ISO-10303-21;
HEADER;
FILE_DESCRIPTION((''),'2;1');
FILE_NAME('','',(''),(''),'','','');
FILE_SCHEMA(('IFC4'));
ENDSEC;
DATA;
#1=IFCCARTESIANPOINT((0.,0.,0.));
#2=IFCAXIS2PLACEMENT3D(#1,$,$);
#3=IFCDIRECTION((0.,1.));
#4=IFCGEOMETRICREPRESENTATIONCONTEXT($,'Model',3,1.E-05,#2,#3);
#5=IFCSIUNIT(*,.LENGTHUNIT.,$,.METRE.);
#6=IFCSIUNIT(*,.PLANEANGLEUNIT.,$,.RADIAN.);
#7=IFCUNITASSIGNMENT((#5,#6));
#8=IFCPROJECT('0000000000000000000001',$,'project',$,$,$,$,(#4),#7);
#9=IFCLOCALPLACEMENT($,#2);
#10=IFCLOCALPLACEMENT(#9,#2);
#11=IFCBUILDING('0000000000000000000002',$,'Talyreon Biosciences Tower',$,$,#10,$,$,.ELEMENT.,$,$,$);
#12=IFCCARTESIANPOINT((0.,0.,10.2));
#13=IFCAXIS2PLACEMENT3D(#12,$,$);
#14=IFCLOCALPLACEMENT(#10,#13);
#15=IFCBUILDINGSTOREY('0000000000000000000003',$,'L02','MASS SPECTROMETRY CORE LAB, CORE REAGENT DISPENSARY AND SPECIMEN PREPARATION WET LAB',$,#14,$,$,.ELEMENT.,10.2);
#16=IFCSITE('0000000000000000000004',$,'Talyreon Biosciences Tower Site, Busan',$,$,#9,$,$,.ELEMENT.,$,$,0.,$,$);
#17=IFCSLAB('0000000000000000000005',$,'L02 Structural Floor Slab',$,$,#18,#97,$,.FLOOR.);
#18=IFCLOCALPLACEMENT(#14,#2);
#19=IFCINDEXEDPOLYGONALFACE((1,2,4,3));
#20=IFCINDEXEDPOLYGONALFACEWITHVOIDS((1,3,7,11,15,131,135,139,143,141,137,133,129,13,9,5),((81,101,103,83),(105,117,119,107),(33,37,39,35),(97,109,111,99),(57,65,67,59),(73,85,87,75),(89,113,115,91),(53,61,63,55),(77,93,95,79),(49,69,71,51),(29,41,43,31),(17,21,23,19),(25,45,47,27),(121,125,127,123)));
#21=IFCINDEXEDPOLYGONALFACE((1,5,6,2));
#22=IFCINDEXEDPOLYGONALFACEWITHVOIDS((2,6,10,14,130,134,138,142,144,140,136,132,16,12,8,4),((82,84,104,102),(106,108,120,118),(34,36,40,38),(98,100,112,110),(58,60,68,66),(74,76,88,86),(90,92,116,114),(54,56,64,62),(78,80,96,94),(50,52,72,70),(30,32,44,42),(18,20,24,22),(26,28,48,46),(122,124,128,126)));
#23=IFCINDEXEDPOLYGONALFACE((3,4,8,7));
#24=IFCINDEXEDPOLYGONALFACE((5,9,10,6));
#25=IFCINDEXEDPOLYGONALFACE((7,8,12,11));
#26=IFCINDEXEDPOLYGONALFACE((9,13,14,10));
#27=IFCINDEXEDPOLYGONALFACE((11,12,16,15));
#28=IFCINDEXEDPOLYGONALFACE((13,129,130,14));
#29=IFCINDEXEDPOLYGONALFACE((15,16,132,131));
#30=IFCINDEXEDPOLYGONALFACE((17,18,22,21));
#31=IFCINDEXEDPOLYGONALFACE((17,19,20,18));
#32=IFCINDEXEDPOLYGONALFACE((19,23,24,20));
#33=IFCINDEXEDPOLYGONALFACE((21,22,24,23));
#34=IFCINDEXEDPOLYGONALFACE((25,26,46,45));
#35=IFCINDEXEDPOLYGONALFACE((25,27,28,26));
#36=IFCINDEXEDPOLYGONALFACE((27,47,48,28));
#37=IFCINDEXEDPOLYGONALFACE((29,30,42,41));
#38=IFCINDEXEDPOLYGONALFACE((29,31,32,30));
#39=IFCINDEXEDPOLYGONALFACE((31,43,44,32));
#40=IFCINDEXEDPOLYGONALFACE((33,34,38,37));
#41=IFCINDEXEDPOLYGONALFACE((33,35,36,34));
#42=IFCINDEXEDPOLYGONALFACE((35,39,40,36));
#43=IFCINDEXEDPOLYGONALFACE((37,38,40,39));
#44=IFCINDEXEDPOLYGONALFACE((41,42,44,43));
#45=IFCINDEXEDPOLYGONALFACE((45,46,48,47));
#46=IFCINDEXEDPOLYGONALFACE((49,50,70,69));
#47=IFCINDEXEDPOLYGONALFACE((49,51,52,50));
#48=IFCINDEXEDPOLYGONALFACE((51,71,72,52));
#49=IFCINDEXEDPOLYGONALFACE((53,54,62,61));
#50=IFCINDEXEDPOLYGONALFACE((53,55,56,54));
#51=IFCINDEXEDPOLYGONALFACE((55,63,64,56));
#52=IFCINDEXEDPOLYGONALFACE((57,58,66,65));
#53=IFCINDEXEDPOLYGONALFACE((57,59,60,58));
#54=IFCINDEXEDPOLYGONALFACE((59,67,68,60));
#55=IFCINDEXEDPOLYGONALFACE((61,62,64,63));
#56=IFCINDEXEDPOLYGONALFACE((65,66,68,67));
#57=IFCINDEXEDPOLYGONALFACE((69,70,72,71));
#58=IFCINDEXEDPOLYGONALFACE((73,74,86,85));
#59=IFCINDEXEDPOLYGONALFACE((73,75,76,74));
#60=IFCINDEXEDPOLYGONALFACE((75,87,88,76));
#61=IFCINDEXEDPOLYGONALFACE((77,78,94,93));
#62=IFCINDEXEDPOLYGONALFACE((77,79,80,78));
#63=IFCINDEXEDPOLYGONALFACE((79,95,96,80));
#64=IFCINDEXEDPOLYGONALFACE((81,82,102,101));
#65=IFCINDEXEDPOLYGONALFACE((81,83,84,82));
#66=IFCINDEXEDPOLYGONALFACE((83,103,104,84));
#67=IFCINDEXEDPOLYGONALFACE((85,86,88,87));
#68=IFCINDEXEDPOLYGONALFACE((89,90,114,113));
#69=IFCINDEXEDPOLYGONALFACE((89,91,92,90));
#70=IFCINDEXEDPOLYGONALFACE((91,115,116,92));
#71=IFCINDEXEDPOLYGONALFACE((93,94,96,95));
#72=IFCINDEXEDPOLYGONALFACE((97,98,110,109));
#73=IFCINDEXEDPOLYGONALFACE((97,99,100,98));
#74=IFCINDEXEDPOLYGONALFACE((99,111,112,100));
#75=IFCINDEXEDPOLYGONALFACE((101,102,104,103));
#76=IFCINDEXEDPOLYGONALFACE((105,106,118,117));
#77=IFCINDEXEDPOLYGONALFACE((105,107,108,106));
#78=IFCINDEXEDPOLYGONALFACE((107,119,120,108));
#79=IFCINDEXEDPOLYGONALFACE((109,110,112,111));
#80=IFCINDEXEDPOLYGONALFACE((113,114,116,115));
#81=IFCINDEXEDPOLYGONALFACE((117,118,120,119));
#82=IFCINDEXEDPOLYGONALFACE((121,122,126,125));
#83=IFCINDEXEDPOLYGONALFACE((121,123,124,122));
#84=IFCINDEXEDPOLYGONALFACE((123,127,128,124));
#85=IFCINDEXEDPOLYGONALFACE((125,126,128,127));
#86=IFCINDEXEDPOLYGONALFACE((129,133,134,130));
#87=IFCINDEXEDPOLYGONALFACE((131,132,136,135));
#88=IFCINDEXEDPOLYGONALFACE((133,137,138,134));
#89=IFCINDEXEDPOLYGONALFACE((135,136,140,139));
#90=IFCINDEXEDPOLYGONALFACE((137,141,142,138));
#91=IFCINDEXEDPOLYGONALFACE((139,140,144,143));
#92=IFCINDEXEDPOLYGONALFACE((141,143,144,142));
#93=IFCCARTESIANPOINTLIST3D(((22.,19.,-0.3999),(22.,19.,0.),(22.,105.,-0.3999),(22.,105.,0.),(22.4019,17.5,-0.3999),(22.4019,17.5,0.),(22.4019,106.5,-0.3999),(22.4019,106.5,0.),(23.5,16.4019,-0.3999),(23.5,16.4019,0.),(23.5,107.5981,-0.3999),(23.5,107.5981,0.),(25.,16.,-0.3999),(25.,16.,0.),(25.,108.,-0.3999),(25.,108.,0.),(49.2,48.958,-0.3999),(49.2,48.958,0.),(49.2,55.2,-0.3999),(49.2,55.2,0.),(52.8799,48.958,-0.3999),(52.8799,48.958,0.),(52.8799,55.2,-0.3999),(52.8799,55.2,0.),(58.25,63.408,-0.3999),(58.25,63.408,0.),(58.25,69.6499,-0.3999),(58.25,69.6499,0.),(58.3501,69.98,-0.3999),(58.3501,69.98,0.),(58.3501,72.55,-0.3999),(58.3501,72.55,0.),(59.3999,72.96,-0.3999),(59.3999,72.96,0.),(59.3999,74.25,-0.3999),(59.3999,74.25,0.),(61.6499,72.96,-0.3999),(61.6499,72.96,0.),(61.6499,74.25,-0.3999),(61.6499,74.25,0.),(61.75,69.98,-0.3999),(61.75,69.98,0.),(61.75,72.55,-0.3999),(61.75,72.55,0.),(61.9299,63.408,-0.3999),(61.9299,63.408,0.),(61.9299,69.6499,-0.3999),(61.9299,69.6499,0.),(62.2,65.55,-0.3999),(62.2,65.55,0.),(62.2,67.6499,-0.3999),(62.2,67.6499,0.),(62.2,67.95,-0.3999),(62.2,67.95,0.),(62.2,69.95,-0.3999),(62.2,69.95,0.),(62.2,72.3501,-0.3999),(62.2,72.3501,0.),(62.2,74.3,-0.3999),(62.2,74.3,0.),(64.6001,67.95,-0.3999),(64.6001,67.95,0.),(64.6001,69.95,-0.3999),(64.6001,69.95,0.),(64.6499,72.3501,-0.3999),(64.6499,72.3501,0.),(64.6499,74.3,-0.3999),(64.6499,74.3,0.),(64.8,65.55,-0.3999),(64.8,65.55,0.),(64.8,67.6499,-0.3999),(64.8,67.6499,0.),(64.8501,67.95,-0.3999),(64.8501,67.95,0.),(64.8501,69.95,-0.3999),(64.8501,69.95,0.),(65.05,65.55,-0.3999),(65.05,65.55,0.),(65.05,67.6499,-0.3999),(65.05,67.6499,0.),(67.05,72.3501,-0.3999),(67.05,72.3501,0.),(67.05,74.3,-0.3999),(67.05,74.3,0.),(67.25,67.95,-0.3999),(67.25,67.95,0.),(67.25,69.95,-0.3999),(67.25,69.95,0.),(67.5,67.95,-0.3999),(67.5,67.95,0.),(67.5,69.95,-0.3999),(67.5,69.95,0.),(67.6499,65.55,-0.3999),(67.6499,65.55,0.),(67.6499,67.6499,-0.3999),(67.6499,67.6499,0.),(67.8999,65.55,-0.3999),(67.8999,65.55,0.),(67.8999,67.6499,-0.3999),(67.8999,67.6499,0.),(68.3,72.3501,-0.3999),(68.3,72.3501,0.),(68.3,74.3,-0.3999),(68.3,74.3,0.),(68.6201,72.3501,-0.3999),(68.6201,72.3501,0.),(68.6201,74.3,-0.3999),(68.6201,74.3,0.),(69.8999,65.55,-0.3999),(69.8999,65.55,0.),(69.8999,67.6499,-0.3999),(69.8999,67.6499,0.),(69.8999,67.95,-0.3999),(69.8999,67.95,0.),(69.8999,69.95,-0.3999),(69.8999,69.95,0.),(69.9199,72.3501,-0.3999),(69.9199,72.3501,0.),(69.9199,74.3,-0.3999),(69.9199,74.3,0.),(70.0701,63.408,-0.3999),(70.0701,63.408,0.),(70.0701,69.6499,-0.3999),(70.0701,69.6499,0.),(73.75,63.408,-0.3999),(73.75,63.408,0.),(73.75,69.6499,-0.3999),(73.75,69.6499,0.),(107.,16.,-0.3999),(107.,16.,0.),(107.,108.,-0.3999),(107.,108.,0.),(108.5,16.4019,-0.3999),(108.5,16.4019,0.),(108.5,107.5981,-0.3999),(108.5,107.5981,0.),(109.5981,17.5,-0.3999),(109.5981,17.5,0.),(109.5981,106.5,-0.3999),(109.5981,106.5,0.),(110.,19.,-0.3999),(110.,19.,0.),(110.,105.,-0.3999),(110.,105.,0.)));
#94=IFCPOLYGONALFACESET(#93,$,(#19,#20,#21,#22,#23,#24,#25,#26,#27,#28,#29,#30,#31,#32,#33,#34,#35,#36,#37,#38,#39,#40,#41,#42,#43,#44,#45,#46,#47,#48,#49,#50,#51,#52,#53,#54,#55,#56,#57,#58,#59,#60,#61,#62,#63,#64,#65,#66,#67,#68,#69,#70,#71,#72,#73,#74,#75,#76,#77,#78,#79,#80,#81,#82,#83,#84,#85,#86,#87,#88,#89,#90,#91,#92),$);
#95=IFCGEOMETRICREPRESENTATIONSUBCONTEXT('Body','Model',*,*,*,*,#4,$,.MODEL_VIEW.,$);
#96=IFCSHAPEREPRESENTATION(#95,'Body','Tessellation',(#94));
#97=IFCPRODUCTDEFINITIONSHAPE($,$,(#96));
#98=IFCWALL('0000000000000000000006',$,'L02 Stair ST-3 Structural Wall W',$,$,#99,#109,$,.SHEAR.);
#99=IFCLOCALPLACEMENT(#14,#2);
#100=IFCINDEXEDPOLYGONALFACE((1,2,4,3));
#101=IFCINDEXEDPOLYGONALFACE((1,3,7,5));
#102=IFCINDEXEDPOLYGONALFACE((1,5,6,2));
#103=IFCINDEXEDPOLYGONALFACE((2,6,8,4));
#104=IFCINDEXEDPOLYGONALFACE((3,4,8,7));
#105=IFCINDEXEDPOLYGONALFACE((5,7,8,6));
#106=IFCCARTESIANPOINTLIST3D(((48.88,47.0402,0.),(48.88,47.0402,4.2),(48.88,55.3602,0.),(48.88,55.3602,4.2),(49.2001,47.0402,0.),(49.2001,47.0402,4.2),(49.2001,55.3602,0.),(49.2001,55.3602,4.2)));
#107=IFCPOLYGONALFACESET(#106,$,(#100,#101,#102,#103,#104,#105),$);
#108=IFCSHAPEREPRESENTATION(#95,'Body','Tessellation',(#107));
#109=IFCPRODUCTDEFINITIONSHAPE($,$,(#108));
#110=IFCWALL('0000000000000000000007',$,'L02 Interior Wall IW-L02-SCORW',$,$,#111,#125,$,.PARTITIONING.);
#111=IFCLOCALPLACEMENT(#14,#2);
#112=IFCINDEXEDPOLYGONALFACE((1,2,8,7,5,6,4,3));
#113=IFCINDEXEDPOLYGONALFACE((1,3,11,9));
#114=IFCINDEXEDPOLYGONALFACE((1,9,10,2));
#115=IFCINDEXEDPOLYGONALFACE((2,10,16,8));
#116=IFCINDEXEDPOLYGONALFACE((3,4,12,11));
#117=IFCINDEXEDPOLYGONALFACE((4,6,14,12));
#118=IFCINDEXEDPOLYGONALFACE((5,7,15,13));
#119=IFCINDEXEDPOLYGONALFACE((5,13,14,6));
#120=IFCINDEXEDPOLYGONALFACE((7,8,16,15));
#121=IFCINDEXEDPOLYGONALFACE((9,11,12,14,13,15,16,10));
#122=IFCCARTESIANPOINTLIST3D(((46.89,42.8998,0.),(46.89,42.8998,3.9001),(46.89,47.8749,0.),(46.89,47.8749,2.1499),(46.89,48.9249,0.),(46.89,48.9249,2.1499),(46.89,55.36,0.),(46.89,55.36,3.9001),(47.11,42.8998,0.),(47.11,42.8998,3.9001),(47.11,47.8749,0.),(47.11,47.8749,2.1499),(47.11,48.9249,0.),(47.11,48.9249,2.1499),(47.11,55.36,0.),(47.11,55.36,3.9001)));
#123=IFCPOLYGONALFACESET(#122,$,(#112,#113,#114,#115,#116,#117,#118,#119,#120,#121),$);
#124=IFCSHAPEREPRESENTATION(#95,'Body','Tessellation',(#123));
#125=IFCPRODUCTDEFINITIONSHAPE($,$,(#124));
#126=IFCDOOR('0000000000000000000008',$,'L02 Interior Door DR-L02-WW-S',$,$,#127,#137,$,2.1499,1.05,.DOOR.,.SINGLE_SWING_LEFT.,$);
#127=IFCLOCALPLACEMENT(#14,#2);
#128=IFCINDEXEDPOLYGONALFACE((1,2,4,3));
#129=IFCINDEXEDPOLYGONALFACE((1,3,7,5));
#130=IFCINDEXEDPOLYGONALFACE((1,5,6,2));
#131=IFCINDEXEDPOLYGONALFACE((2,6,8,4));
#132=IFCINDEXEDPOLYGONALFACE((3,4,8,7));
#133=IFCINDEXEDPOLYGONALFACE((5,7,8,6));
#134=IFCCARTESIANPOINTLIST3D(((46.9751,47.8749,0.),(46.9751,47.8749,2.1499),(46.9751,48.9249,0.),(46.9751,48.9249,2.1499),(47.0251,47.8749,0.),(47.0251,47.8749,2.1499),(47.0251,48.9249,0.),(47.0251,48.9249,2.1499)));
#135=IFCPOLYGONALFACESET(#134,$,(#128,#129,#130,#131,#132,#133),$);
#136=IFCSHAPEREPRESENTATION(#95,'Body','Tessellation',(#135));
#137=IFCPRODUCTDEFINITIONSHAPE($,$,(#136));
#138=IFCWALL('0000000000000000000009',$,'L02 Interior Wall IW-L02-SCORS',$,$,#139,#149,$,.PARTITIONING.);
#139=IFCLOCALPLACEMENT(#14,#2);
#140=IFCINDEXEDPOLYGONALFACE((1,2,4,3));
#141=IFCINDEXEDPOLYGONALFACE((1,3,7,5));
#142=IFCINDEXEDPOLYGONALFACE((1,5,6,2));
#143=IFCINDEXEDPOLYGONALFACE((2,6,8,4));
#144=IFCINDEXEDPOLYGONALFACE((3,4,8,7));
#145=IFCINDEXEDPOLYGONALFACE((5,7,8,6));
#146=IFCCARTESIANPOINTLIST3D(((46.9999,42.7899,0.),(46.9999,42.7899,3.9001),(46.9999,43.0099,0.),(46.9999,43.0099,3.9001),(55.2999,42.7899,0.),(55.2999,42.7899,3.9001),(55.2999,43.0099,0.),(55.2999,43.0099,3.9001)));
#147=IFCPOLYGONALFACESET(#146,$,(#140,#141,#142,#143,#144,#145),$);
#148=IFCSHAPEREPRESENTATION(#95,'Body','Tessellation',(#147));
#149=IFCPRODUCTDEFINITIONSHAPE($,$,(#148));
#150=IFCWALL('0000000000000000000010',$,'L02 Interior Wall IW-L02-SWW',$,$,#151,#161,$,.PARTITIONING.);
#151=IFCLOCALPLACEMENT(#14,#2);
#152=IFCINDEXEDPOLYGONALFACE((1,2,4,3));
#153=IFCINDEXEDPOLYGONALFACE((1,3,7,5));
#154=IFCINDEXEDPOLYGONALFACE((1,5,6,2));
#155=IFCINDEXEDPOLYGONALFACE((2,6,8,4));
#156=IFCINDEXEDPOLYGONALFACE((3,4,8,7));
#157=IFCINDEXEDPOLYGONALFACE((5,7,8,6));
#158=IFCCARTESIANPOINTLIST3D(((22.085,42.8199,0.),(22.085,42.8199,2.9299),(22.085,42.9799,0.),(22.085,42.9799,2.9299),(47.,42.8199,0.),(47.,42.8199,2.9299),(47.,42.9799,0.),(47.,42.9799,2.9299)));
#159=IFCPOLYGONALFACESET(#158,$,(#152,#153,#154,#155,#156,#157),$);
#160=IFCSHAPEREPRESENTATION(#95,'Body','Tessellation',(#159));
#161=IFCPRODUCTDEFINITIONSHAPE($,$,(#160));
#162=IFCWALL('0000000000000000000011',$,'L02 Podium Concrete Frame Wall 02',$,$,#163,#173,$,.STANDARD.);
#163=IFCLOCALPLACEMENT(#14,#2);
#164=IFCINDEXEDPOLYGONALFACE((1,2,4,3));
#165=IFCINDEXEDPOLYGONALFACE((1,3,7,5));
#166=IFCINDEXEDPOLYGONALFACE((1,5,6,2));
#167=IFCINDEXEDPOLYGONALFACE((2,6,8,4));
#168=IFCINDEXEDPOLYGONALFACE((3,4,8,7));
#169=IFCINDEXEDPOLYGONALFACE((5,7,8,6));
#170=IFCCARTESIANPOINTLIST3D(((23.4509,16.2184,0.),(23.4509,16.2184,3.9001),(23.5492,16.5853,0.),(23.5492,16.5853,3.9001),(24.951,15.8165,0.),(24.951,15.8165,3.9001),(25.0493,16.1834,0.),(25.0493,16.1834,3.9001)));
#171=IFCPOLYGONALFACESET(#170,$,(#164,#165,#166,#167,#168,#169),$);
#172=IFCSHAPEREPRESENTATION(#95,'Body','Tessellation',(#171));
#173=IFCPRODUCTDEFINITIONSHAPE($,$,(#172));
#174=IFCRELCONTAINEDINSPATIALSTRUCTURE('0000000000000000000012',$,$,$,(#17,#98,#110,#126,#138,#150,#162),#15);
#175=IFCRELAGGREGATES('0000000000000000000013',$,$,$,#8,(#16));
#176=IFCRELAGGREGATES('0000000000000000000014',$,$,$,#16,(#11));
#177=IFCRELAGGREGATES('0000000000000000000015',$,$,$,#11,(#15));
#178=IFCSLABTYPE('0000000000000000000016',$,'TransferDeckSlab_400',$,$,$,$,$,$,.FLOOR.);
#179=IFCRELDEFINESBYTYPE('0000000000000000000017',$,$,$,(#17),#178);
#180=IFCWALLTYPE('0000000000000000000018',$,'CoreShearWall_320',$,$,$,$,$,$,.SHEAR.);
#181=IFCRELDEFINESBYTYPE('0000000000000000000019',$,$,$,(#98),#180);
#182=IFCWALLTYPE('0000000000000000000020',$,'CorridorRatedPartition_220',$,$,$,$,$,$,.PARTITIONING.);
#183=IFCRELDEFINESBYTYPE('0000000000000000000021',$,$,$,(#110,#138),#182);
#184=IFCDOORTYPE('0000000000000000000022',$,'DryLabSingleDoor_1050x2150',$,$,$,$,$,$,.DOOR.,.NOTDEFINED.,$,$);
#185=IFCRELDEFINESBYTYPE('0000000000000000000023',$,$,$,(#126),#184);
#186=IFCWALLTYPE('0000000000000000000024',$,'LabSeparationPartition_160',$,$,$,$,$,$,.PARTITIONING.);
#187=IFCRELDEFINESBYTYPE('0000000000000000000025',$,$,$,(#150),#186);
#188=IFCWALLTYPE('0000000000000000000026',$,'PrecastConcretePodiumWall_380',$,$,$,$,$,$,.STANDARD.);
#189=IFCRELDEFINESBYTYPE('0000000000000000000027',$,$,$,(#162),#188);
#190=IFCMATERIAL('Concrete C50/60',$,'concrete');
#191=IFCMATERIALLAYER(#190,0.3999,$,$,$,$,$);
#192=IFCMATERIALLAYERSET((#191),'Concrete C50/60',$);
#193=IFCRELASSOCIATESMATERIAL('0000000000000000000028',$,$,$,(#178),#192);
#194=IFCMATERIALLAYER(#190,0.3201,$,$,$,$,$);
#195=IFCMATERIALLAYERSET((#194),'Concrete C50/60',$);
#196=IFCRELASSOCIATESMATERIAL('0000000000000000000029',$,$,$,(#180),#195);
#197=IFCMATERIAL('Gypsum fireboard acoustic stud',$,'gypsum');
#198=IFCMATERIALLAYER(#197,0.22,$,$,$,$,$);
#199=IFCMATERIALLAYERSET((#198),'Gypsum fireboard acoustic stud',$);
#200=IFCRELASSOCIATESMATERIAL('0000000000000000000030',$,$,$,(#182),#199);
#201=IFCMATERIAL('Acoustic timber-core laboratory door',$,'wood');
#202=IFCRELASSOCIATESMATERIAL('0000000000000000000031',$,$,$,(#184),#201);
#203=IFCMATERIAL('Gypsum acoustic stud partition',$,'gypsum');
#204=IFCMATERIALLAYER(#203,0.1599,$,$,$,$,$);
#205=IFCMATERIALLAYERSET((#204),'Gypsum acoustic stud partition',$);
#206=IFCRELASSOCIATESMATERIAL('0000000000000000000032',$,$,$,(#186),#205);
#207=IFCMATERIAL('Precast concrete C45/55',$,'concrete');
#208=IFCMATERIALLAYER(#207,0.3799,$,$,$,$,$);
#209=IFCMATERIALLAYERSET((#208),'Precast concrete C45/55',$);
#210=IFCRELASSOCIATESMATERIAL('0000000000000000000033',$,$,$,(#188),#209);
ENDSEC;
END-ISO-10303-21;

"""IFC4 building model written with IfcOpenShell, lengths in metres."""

from ifc_helpers import new_model, si_unit, direction, frame, frame_2d, origin, place, context, subcontext, project, spatial, polyline, rectangle, outline, extrude, material, layer, layer_set, type_object, element, fill, save


model = new_model("IFC4")

# Units and contexts
model_context = context("Model", 3, precision=1e-05, world=origin(), true_north=direction((0.0, 1.0)))
body_context = subcontext(model_context, "Body", "Model", "MODEL_VIEW")
ifc_project = project(units=[si_unit("LENGTHUNIT", "METRE"), si_unit("PLANEANGLEUNIT", "RADIAN")], contexts=[model_context])

# Site, building, storey
site_placement = place(None, origin())
site = spatial("IfcSite", under=ifc_project, at=site_placement, Name="Talyreon Biosciences Tower Site, Busan", CompositionType="ELEMENT", RefElevation=0.0)
building_placement = place(site_placement, origin())
building = spatial("IfcBuilding", under=site, at=building_placement, Name="Talyreon Biosciences Tower", CompositionType="ELEMENT")
storey_placement = place(building_placement, frame((0.0, 0.0, 10.2)))
storey = spatial("IfcBuildingStorey", under=building, at=storey_placement, Name="L02", Description="MASS SPECTROMETRY CORE LAB, CORE REAGENT DISPENSARY AND SPECIMEN PREPARATION WET LAB", CompositionType="ELEMENT", Elevation=10.2)

# Shared definitions
ifc_material_1 = material(Name="Concrete C50/60", Category="concrete")

# Slab
ifc_layer_1 = layer(ifc_material_1, 0.3999)
ifc_layer_set_1 = layer_set([ifc_layer_1], Name="Concrete C50/60")
slab_type_1 = type_object("IfcSlabType", Name="TransferDeckSlab_400", PredefinedType="FLOOR", material=ifc_layer_set_1)
slab_1_placement = place(storey_placement, frame((0.0, 0.0, -0.3999)))
element("IfcSlab", 1, at=slab_1_placement, inside=storey, type_object=slab_type_1, Name="L02 Structural Floor Slab", PredefinedType="FLOOR", context=body_context, shape_type="SweptSolid", body=[
    extrude(outline(polyline([(107.0, 16.0), (25.0, 16.0), (23.5, 16.4019), (22.4019, 17.5), (22.0, 19.0), (22.0, 105.0), (22.4019, 106.5), (23.5, 107.5981), (25.0, 108.0), (107.0, 108.0), (108.5, 107.5981), (109.5981, 106.5), (110.0, 105.0), (110.0, 19.0), (109.5981, 17.5), (108.5, 16.4019), (107.0, 16.0)]), holes=[polyline([(52.8799, 55.2), (52.8799, 48.958), (49.2, 48.958), (49.2, 55.2), (52.8799, 55.2)]), polyline([(61.9299, 63.408), (58.25, 63.408), (58.25, 69.6499), (61.9299, 69.6499), (61.9299, 63.408)]), polyline([(64.8, 65.55), (62.2, 65.55), (62.2, 67.6499), (64.8, 67.6499), (64.8, 65.55)]), polyline([(64.6001, 67.95), (62.2, 67.95), (62.2, 69.95), (64.6001, 69.95), (64.6001, 67.95)]), polyline([(61.75, 69.98), (58.3501, 69.98), (58.3501, 72.55), (61.75, 72.55), (61.75, 69.98)]), polyline([(64.6499, 72.3501), (62.2, 72.3501), (62.2, 74.3), (64.6499, 74.3), (64.6499, 72.3501)]), polyline([(61.6499, 72.96), (59.3999, 72.96), (59.3999, 74.25), (61.6499, 74.25), (61.6499, 72.96)]), polyline([(73.75, 69.6499), (73.75, 63.408), (70.0701, 63.408), (70.0701, 69.6499), (73.75, 69.6499)]), polyline([(67.6499, 65.55), (65.05, 65.55), (65.05, 67.6499), (67.6499, 67.6499), (67.6499, 65.55)]), polyline([(69.8999, 65.55), (67.8999, 65.55), (67.8999, 67.6499), (69.8999, 67.6499), (69.8999, 65.55)]), polyline([(67.25, 67.95), (64.8501, 67.95), (64.8501, 69.95), (67.25, 69.95), (67.25, 67.95)]), polyline([(69.8999, 67.95), (67.5, 67.95), (67.5, 69.95), (69.8999, 69.95), (69.8999, 67.95)]), polyline([(68.3, 72.3501), (67.05, 72.3501), (67.05, 74.3), (68.3, 74.3), (68.3, 72.3501)]), polyline([(69.9199, 72.3501), (68.6201, 72.3501), (68.6201, 74.3), (69.9199, 74.3), (69.9199, 72.3501)])]), origin(), (0.0, 0.0, 1.0), 0.3999),
])

# Wall
ifc_layer_2 = layer(ifc_material_1, 0.3201)
ifc_layer_set_2 = layer_set([ifc_layer_2], Name="Concrete C50/60")
wall_type_1 = type_object("IfcWallType", Name="CoreShearWall_320", PredefinedType="SHEAR", material=ifc_layer_set_2)
wall_1_placement = place(storey_placement, frame((49.04, 47.04, 0.0), z_axis=(0.0, 0.0, 1.0), x_axis=(0.0, 1.0, 0.0)))
element("IfcWall", 2, at=wall_1_placement, inside=storey, type_object=wall_type_1, Name="L02 Stair ST-3 Structural Wall W", PredefinedType="SHEAR", context=body_context, shape_type="SweptSolid", body=[
    extrude(rectangle(XDim=8.3201, YDim=0.3201, at=frame_2d((4.1602, 0.0))), origin(), (0.0, 0.0, 1.0), 4.2),
])

# Wall, opening, door
ifc_material_2 = material(Name="Gypsum fireboard acoustic stud", Category="gypsum")
ifc_layer_3 = layer(ifc_material_2, 0.22)
ifc_layer_set_3 = layer_set([ifc_layer_3], Name="Gypsum fireboard acoustic stud")
wall_type_2 = type_object("IfcWallType", Name="CorridorRatedPartition_220", PredefinedType="PARTITIONING", material=ifc_layer_set_3)
wall_2_placement = place(storey_placement, frame((47.0, 42.8999, 0.0), z_axis=(0.0, 0.0, 1.0), x_axis=(0.0, 1.0, 0.0)))
wall_2 = element("IfcWall", 3, at=wall_2_placement, inside=storey, type_object=wall_type_2, Name="L02 Interior Wall IW-L02-SCORW", PredefinedType="PARTITIONING", context=body_context, shape_type="SweptSolid", body=[
    extrude(rectangle(XDim=12.4602, YDim=0.22, at=frame_2d((6.23, 0.0))), origin(), (0.0, 0.0, 1.0), 3.9001),
])
opening_1_placement = place(wall_2_placement, frame((4.9751, 0.0, 0.0)))
opening_1 = element("IfcOpeningElement", 4, at=opening_1_placement, cuts=wall_2, PredefinedType="OPENING", context=body_context, shape_type="SweptSolid", body=[
    extrude(rectangle(XDim=1.05, YDim=2.1499, at=frame_2d((0.5249, 1.075))), frame((0.0, 0.1199, 0.0), z_axis=(0.0, -1.0, 0.0), x_axis=(1.0, 0.0, 0.0)), (0.0, 0.0, 1.0), 0.24),
])
ifc_material_3 = material(Name="Acoustic timber-core laboratory door", Category="wood")
door_type = type_object("IfcDoorType", Name="DryLabSingleDoor_1050x2150", OperationType="NOTDEFINED", PredefinedType="DOOR", material=ifc_material_3)
door_placement = place(opening_1_placement, origin())
door = element("IfcDoor", 5, at=door_placement, inside=storey, type_object=door_type, Name="L02 Interior Door DR-L02-WW-S", OperationType="SINGLE_SWING_LEFT", OverallHeight=2.1499, OverallWidth=1.05, PredefinedType="DOOR", context=body_context, shape_type="SweptSolid", body=[
    extrude(rectangle(XDim=1.05, YDim=2.1499, at=frame_2d((0.5249, 1.075))), frame((0.0, 0.0249, 0.0), z_axis=(0.0, -1.0, 0.0), x_axis=(1.0, 0.0, 0.0)), (0.0, 0.0, 1.0), 0.05),
])
fill(opening_1, door)

# Walls
wall_3_placement = place(storey_placement, frame((47.0, 42.8999, 0.0), z_axis=(0.0, 0.0, 1.0), x_axis=(1.0, 0.0, 0.0)))
element("IfcWall", 6, at=wall_3_placement, inside=storey, type_object=wall_type_2, Name="L02 Interior Wall IW-L02-SCORS", PredefinedType="PARTITIONING", context=body_context, shape_type="SweptSolid", body=[
    extrude(rectangle(XDim=8.3, YDim=0.22, at=frame_2d((4.1499, 0.0))), origin(), (0.0, 0.0, 1.0), 3.9001),
])
ifc_material_4 = material(Name="Gypsum acoustic stud partition", Category="gypsum")
ifc_layer_4 = layer(ifc_material_4, 0.1599)
ifc_layer_set_4 = layer_set([ifc_layer_4], Name="Gypsum acoustic stud partition")
wall_type_3 = type_object("IfcWallType", Name="LabSeparationPartition_160", PredefinedType="PARTITIONING", material=ifc_layer_set_4)
wall_4_placement = place(storey_placement, frame((22.085, 42.8999, 0.0), z_axis=(0.0, 0.0, 1.0), x_axis=(1.0, 0.0, 0.0)))
element("IfcWall", 7, at=wall_4_placement, inside=storey, type_object=wall_type_3, Name="L02 Interior Wall IW-L02-SWW", PredefinedType="PARTITIONING", context=body_context, shape_type="SweptSolid", body=[
    extrude(rectangle(XDim=24.915, YDim=0.1599, at=frame_2d((12.4575, 0.0))), origin(), (0.0, 0.0, 1.0), 2.9299),
])
ifc_material_5 = material(Name="Precast concrete C45/55", Category="concrete")
ifc_layer_5 = layer(ifc_material_5, 0.3799)
ifc_layer_set_5 = layer_set([ifc_layer_5], Name="Precast concrete C45/55")
wall_type_4 = type_object("IfcWallType", Name="PrecastConcretePodiumWall_380", PredefinedType="STANDARD", material=ifc_layer_set_5)
for number, where, z_axis, x_axis, name in (
    (8, (25.0, 16.0, 0.0), (0.0, 0.0, 1.0), (-0.965937, 0.258778, 0.0), "L02 Podium Concrete Frame Wall 02"),
):
    element("IfcWall", number, at=place(storey_placement, frame(where, z_axis=z_axis, x_axis=x_axis)), inside=storey, type_object=wall_type_4, Name=name, PredefinedType="STANDARD", context=body_context, shape_type="SweptSolid", body=[
        extrude(rectangle(XDim=1.553, YDim=0.3799, at=frame_2d((0.7764, 0.0))), origin(), (0.0, 0.0, 1.0), 3.9001),
    ])

save(model, "model.ifc")
